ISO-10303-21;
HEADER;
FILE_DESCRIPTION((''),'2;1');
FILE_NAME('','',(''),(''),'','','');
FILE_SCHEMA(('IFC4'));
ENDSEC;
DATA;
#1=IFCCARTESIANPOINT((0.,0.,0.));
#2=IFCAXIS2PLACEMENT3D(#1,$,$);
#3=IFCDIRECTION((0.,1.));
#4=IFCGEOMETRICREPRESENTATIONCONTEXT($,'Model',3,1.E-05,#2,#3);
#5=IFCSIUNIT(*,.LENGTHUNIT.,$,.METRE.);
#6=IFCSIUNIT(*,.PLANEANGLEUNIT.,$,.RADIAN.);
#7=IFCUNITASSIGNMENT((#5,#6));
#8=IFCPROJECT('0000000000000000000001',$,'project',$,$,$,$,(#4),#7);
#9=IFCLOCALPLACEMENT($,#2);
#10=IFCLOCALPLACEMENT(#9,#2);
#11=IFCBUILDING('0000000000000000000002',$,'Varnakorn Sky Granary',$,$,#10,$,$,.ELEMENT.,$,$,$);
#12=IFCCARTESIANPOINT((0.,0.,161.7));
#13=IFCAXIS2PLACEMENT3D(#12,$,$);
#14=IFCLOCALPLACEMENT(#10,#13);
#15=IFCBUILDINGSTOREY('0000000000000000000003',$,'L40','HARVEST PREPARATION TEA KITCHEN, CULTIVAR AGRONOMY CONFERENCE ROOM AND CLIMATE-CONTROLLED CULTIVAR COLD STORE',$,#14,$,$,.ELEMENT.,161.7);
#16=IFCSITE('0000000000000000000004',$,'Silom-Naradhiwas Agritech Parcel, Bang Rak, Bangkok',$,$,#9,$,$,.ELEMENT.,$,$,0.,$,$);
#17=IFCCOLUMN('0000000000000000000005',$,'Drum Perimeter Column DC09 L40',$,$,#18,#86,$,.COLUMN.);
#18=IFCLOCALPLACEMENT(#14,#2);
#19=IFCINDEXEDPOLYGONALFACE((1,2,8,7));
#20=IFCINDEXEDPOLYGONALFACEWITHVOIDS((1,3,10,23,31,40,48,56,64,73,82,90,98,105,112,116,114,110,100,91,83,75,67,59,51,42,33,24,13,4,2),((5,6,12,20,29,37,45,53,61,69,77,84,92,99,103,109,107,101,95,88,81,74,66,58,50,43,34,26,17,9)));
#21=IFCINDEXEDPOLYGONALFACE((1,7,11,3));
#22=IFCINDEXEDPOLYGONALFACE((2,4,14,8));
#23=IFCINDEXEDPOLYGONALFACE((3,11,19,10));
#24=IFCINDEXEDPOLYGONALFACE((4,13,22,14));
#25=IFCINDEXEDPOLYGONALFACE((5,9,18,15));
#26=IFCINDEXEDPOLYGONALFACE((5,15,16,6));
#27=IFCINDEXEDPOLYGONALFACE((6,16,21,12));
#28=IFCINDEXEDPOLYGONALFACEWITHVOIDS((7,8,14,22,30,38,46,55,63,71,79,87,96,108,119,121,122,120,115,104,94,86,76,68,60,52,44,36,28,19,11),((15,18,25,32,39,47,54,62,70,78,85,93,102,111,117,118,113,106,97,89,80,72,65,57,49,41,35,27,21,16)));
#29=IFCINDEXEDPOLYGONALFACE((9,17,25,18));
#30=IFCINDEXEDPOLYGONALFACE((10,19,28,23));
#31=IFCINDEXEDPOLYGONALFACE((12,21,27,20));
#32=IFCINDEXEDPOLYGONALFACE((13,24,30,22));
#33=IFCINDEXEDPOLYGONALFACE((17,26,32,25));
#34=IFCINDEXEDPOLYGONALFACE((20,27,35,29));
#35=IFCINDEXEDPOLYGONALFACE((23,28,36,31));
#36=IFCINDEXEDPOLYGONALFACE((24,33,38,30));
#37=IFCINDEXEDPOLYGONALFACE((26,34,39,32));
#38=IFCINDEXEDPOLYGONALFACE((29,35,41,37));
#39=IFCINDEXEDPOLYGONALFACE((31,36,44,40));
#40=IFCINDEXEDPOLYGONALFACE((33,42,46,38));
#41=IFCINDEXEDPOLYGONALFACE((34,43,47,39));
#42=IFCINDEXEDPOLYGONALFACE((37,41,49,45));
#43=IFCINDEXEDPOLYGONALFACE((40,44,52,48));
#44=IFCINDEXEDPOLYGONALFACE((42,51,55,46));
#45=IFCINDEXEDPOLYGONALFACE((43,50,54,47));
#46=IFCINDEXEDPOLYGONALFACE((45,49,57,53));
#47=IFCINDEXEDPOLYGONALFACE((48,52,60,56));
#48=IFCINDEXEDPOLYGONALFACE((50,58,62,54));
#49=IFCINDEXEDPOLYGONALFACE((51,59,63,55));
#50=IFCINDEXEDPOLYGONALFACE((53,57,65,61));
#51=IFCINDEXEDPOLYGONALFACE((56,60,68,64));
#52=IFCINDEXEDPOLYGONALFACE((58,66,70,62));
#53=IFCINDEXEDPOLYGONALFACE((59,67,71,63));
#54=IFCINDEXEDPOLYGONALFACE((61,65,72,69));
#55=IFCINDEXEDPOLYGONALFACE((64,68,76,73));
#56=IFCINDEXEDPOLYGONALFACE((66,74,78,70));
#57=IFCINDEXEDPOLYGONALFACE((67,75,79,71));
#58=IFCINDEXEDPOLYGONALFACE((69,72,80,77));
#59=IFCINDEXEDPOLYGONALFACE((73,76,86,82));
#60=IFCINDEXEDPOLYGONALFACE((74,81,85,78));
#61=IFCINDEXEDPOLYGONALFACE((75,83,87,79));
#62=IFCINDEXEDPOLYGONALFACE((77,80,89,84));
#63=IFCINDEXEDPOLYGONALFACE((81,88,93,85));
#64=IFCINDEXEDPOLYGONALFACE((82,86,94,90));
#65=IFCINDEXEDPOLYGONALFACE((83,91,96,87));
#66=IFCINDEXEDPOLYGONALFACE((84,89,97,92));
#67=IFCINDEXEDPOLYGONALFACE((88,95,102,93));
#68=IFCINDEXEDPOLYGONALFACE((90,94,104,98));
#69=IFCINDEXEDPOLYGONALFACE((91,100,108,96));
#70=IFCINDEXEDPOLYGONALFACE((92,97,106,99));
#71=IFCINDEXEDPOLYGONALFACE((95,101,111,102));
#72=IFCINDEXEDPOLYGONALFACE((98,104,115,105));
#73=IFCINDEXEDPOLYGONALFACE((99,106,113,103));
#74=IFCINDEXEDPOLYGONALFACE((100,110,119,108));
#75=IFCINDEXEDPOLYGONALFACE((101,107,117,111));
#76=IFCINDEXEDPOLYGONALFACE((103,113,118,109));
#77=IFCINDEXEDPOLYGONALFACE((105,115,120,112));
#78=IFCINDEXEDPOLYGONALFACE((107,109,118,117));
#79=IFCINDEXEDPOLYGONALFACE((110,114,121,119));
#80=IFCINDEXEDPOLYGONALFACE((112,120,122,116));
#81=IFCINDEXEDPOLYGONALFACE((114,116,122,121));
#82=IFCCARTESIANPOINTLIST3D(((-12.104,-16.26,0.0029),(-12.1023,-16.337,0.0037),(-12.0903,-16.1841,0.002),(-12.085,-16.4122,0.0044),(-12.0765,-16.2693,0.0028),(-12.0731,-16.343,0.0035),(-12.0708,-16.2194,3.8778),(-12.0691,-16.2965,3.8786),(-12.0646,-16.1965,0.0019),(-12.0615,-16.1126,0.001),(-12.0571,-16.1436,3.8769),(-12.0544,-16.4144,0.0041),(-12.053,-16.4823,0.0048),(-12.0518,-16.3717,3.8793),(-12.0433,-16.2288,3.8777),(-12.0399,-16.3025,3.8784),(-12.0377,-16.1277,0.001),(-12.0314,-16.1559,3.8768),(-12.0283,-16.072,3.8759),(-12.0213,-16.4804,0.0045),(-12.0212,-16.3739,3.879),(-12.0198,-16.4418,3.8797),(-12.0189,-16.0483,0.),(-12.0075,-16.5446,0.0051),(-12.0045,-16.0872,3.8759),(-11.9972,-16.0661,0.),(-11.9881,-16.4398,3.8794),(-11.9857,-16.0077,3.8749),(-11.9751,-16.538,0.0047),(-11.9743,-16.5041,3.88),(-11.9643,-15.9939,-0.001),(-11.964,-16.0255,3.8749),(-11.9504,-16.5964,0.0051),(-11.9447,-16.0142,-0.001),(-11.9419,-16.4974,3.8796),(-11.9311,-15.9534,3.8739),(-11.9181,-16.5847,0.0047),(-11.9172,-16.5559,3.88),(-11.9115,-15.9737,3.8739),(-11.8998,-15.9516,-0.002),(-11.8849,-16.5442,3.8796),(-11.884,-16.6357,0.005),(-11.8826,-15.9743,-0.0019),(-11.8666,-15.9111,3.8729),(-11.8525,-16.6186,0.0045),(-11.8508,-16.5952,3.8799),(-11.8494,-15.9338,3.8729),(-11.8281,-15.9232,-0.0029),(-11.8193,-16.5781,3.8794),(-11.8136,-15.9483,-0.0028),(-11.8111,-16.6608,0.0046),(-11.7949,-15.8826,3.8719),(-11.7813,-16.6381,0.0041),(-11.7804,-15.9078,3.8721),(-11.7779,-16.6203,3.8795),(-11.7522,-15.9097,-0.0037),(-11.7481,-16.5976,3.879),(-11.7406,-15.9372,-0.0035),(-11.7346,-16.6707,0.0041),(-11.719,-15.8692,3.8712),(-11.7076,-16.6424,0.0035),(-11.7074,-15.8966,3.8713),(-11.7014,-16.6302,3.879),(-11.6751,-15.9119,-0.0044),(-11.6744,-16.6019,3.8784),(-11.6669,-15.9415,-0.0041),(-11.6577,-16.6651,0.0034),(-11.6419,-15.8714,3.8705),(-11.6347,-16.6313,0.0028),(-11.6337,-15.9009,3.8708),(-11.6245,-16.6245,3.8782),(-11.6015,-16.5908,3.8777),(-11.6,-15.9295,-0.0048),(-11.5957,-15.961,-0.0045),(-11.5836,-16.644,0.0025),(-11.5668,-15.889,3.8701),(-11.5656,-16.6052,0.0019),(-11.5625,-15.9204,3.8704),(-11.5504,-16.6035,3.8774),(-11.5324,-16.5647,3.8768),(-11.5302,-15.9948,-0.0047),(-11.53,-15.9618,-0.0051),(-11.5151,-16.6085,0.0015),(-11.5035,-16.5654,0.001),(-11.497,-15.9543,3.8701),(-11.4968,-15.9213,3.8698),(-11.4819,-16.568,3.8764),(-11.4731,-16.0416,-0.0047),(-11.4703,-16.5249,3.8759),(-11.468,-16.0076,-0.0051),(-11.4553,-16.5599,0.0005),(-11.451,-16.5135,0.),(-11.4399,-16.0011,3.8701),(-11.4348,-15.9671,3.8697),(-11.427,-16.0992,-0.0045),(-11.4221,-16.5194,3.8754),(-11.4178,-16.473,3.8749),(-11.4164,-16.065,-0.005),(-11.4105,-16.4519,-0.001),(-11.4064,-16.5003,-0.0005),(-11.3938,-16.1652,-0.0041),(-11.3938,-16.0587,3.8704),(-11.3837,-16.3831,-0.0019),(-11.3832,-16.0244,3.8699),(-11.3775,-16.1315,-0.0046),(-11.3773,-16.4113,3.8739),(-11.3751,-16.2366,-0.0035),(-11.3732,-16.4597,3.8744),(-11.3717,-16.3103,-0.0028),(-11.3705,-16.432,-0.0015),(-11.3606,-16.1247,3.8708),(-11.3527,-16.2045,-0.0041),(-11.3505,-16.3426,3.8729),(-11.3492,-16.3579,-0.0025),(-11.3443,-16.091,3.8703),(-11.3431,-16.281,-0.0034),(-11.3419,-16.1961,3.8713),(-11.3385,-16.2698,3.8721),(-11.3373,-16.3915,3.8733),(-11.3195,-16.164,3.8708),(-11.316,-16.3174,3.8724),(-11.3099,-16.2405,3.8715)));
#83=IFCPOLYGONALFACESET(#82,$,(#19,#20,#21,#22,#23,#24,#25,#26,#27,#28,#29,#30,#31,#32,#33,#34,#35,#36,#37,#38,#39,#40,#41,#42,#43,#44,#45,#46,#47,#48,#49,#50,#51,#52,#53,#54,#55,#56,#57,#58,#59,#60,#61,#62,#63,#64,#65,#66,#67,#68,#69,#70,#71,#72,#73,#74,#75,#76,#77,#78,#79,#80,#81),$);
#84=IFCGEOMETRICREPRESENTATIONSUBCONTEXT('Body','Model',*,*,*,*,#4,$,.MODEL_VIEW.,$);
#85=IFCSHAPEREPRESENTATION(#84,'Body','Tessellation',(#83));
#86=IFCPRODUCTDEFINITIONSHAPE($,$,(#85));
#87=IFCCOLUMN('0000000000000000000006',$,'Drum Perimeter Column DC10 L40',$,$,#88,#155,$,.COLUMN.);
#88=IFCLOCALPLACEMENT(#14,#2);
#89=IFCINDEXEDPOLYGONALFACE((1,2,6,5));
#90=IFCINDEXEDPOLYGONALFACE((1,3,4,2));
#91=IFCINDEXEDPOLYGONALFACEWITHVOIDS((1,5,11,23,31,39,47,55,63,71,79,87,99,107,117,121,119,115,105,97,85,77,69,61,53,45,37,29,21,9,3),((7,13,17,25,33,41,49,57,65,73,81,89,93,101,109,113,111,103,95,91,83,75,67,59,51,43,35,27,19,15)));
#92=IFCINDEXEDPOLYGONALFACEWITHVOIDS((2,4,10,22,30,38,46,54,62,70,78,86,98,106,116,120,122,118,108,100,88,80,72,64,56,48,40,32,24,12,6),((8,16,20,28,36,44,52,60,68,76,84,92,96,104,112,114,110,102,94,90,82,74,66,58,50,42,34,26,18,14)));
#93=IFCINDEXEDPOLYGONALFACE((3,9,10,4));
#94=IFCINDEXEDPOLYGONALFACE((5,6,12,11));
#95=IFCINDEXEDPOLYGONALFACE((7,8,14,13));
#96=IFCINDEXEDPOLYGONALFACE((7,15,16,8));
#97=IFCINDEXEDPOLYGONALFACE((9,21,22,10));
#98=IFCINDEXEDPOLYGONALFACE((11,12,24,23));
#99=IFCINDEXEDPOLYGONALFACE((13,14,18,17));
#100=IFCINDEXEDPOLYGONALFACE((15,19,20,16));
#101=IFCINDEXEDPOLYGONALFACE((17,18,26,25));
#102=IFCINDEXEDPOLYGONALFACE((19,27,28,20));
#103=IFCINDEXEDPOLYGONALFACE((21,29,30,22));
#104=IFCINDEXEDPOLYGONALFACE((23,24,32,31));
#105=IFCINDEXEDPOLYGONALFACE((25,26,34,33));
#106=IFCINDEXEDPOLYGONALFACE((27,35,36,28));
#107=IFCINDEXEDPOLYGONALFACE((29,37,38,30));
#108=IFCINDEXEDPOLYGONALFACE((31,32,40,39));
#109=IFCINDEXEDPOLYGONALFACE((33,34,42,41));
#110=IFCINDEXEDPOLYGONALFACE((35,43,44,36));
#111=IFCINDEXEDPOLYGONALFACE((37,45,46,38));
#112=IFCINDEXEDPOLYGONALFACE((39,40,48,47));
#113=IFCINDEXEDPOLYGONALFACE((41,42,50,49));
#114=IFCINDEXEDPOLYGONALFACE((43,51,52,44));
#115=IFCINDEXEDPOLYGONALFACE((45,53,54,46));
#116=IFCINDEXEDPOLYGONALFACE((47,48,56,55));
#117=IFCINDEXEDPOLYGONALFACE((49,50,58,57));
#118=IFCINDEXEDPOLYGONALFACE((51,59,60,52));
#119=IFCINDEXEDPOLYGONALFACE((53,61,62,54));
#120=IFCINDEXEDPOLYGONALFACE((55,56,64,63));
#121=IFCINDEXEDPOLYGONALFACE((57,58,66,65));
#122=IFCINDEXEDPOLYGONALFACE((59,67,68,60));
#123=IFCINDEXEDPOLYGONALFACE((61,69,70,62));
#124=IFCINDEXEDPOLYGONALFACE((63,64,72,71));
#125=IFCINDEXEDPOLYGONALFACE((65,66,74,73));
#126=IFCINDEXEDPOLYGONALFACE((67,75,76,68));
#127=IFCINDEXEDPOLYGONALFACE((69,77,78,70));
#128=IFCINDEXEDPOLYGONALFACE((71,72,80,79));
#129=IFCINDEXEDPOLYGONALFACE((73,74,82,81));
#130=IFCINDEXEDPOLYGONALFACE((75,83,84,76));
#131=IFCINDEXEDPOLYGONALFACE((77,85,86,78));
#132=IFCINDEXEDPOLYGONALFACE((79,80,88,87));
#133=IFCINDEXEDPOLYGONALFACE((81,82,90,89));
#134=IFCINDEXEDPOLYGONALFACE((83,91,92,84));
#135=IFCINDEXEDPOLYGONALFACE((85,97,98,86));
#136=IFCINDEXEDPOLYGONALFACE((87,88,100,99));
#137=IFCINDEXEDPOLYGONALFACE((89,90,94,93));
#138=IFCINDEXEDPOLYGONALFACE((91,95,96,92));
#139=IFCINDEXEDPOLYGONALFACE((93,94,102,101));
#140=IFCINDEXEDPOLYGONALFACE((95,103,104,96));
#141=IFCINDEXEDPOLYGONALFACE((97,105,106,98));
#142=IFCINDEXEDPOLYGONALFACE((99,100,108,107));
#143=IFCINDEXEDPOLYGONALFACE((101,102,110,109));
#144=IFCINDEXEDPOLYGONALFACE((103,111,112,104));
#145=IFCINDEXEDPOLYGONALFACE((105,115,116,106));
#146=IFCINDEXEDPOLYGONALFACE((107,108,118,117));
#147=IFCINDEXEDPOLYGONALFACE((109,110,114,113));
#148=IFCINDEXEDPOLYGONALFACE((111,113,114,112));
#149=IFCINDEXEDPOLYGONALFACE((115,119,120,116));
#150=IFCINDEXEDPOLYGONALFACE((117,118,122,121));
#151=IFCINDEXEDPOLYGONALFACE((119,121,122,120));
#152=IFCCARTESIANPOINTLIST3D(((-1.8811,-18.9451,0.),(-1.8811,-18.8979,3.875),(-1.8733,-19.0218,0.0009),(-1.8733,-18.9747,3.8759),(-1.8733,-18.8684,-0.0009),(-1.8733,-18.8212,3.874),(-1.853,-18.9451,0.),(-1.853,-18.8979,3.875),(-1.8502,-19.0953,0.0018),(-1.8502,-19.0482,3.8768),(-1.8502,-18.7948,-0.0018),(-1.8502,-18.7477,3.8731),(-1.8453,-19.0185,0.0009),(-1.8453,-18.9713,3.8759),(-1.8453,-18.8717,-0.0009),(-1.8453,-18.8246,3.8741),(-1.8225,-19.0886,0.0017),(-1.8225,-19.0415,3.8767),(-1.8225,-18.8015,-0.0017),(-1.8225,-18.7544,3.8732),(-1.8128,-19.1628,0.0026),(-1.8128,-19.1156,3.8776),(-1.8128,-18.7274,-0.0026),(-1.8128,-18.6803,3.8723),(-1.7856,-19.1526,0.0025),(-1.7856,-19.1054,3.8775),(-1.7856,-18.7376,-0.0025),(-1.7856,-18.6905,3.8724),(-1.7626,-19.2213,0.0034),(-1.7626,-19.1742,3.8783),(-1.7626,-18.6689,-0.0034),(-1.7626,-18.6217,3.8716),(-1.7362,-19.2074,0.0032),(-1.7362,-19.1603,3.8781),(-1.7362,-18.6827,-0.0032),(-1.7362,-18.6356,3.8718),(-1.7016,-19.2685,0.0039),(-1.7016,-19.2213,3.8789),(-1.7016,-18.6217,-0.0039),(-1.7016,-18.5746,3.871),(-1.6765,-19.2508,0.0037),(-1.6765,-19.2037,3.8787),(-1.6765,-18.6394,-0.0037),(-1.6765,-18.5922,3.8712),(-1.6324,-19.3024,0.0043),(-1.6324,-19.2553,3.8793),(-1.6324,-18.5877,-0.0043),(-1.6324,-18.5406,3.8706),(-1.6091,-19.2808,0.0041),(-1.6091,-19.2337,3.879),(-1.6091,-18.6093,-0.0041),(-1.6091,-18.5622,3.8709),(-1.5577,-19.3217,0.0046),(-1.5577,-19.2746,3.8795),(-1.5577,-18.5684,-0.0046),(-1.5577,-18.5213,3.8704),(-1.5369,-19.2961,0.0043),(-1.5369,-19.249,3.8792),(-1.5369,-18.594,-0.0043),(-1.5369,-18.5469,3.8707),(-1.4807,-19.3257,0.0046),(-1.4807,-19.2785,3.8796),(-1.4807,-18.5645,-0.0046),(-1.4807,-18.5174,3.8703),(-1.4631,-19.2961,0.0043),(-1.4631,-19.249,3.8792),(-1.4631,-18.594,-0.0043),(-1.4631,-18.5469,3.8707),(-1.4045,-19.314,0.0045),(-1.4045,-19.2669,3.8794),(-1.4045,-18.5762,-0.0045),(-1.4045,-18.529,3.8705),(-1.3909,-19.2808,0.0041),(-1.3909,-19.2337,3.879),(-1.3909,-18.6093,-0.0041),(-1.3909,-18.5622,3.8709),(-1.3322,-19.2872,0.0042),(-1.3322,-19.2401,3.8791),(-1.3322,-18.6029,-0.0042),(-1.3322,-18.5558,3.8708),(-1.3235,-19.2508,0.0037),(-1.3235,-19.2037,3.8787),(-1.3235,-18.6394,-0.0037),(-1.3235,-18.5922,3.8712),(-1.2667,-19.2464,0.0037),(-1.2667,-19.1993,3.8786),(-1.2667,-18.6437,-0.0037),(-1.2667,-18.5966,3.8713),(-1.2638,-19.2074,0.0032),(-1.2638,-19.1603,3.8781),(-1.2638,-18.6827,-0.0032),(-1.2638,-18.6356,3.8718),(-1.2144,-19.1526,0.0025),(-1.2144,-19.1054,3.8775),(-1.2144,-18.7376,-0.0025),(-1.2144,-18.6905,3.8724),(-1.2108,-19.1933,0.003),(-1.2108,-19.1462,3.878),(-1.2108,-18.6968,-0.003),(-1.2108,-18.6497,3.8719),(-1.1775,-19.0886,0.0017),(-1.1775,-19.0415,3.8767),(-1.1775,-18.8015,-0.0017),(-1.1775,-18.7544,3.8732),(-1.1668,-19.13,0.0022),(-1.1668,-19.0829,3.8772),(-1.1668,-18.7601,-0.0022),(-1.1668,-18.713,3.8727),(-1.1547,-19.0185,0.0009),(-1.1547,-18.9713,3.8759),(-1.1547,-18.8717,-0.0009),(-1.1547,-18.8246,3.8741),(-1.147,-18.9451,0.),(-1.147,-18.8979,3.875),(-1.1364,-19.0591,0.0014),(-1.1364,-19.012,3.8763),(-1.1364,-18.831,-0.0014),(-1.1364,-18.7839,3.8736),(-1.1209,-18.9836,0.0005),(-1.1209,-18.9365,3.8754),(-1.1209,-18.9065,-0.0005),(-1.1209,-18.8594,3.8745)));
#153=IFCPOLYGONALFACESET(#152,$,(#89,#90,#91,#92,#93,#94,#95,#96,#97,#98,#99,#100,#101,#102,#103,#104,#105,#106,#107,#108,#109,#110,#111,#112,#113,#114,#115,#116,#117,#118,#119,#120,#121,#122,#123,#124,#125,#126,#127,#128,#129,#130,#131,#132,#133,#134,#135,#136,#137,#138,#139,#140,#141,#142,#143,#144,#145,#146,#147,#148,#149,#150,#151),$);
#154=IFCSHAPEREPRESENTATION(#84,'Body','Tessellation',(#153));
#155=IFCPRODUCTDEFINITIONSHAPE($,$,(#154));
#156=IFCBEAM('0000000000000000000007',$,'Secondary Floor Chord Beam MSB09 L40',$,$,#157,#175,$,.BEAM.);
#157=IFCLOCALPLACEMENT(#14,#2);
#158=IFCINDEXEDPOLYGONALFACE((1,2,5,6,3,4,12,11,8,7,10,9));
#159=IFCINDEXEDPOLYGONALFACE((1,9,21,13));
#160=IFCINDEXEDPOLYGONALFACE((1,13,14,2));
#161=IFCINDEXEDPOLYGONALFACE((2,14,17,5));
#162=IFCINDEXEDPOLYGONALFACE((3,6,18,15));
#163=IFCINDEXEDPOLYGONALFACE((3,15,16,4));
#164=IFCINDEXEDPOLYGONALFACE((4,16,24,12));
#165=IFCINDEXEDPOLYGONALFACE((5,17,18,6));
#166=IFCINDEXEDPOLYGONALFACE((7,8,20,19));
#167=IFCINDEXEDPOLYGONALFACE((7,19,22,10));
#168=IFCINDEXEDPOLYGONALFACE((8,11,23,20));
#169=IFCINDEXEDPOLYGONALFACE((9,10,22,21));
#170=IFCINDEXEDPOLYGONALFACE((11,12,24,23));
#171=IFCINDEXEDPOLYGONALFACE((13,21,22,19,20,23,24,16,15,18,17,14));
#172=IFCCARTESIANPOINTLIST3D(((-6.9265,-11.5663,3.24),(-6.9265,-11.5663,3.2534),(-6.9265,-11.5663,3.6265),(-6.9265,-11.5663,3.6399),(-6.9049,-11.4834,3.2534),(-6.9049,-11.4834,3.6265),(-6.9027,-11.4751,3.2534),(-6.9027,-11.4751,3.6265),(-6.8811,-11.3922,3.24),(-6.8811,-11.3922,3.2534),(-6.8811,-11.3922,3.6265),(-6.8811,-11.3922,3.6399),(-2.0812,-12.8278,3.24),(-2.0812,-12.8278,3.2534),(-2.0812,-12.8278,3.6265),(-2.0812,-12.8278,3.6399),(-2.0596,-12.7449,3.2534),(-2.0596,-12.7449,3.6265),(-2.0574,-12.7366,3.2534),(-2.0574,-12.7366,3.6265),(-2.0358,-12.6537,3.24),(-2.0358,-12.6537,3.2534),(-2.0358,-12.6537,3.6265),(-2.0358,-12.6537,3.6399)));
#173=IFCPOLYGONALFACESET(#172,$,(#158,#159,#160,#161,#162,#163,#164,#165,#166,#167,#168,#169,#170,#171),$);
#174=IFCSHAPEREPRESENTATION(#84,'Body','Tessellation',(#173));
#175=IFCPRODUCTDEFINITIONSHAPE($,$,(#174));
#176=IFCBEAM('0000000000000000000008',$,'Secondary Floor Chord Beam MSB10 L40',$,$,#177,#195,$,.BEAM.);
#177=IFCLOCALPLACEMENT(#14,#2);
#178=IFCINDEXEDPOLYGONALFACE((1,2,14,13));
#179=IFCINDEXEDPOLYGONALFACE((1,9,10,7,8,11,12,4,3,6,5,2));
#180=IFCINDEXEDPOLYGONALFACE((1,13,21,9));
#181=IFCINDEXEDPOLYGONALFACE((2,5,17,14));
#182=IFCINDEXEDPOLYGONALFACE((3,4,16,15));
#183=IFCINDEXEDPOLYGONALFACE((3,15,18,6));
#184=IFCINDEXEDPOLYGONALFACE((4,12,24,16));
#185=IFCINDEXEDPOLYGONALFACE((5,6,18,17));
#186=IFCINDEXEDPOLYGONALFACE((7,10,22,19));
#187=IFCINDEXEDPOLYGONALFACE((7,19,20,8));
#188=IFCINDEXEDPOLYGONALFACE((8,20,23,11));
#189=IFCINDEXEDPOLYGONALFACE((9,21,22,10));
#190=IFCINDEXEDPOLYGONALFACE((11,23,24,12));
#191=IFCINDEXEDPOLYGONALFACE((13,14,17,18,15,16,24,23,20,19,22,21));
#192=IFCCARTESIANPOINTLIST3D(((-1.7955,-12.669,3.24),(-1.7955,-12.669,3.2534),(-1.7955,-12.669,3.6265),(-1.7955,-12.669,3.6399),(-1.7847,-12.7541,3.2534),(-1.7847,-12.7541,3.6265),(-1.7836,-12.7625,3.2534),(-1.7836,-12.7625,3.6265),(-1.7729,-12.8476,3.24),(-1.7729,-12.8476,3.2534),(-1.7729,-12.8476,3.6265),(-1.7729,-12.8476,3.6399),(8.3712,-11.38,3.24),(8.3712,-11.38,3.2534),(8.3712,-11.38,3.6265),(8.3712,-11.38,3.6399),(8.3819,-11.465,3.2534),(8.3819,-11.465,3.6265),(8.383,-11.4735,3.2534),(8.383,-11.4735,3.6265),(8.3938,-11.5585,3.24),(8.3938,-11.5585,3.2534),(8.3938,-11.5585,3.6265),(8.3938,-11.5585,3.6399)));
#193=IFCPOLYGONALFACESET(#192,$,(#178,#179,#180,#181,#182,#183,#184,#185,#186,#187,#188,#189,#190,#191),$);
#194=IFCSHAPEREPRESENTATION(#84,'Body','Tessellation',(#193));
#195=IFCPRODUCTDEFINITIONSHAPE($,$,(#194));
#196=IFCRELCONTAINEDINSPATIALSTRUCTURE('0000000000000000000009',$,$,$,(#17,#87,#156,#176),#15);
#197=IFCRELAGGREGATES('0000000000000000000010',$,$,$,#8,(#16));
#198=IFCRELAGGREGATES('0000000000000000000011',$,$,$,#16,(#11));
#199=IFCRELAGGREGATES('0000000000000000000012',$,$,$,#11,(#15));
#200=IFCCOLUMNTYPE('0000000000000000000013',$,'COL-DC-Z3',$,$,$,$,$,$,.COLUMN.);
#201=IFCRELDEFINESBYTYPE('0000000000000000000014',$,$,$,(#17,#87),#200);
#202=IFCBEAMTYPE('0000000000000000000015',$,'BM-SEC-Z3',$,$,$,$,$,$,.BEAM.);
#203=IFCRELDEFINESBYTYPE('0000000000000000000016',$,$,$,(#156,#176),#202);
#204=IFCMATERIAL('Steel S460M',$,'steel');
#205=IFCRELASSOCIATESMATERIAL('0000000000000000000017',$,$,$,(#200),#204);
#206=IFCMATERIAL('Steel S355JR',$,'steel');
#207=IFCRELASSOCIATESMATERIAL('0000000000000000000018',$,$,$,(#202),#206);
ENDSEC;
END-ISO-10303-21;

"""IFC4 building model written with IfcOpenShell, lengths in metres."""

from ifc_helpers import new_model, si_unit, direction, frame, origin, origin_2d, place, context, subcontext, project, spatial, hollow_circle, i_section, extrude, material, material_profile, profile_set, type_object, element, save


model = new_model("IFC4")

# Units and contexts
model_context = context("Model", 3, precision=1e-05, world=origin(), true_north=direction((0.0, 1.0)))
body_context = subcontext(model_context, "Body", "Model", "MODEL_VIEW")
ifc_project = project(units=[si_unit("LENGTHUNIT", "METRE"), si_unit("PLANEANGLEUNIT", "RADIAN")], contexts=[model_context])

# Site, building, storey
site_placement = place(None, origin())
site = spatial("IfcSite", under=ifc_project, at=site_placement, Name="Silom-Naradhiwas Agritech Parcel, Bang Rak, Bangkok", CompositionType="ELEMENT", RefElevation=0.0)
building_placement = place(site_placement, origin())
building = spatial("IfcBuilding", under=site, at=building_placement, Name="Varnakorn Sky Granary", CompositionType="ELEMENT")
storey_placement = place(building_placement, frame((0.0, 0.0, 161.7)))
storey = spatial("IfcBuildingStorey", under=building, at=storey_placement, Name="L40", Description="HARVEST PREPARATION TEA KITCHEN, CULTIVAR AGRONOMY CONFERENCE ROOM AND CLIMATE-CONTROLLED CULTIVAR COLD STORE", CompositionType="ELEMENT", Elevation=161.7)

# Columns
ifc_material_1 = material(Name="Steel S460M", Category="steel")
ifc_material_profile_1 = material_profile(ifc_material_1, hollow_circle(Radius=0.3811, WallThickness=0.0281, at=origin_2d()), Name="CHS 762x28")
ifc_profile_set_1 = profile_set([ifc_material_profile_1], Name="Steel S460M")
column_type = type_object("IfcColumnType", Name="COL-DC-Z3", PredefinedType="COLUMN", material=ifc_profile_set_1)
for number, where, z_axis, x_axis, name in (
    (1, (-11.7241, -16.2898, 0.0), (0.008568, 0.010458, 0.999909), (-0.773542, 0.633745, 0.0), "Drum Perimeter Column DC09 L40"),
    (2, (-1.5, -18.9451, 0.0), (0.0, 0.012159, 0.999926), (-1.0, 0.0, 0.0), "Drum Perimeter Column DC10 L40"),
):
    element("IfcColumn", number, at=place(storey_placement, frame(where, z_axis=z_axis, x_axis=x_axis)), inside=storey, type_object=column_type, Name=name, PredefinedType="COLUMN", context=body_context, shape_type="SweptSolid", body=[
        extrude(hollow_circle(Radius=0.3811, WallThickness=0.0281, at=origin_2d()), origin(), (0.0, 0.0, 1.0), 3.8752),
    ])

# Beams
ifc_material_2 = material(Name="Steel S355JR", Category="steel")
ifc_material_profile_2 = material_profile(ifc_material_2, i_section(OverallWidth=0.1799, OverallDepth=0.3999, WebThickness=0.0085, FlangeThickness=0.0134, at=origin_2d()), Name="IPE 400")
ifc_profile_set_2 = profile_set([ifc_material_profile_2], Name="Steel S355JR")
beam_type_1 = type_object("IfcBeamType", Name="BM-SEC-Z3", PredefinedType="BEAM", material=ifc_profile_set_2)
beam_1_placement = place(storey_placement, frame((-6.9038, -11.4792, 3.4399), z_axis=(0.967739, -0.251955, 0.0), x_axis=(0.251955, 0.967739, 0.0)))
element("IfcBeam", 3, at=beam_1_placement, inside=storey, type_object=beam_type_1, Name="Secondary Floor Chord Beam MSB09 L40", PredefinedType="BEAM", context=body_context, shape_type="SweptSolid", body=[
    extrude(i_section(OverallWidth=0.1799, OverallDepth=0.3999, WebThickness=0.0085, FlangeThickness=0.0134, at=origin_2d()), origin(), (0.0, 0.0, 1.0), 5.0068),
])
beam_2_placement = place(storey_placement, frame((-1.7842, -12.7583, 3.4399), z_axis=(0.992058, 0.125785, 0.0), x_axis=(-0.125785, 0.992058, 0.0)))
element("IfcBeam", 4, at=beam_2_placement, inside=storey, type_object=beam_type_1, Name="Secondary Floor Chord Beam MSB10 L40", PredefinedType="BEAM", context=body_context, shape_type="SweptSolid", body=[
    extrude(i_section(OverallWidth=0.1799, OverallDepth=0.3999, WebThickness=0.0085, FlangeThickness=0.0134, at=origin_2d()), origin(), (0.0, 0.0, 1.0), 10.248),
])

save(model, "model.ifc")
